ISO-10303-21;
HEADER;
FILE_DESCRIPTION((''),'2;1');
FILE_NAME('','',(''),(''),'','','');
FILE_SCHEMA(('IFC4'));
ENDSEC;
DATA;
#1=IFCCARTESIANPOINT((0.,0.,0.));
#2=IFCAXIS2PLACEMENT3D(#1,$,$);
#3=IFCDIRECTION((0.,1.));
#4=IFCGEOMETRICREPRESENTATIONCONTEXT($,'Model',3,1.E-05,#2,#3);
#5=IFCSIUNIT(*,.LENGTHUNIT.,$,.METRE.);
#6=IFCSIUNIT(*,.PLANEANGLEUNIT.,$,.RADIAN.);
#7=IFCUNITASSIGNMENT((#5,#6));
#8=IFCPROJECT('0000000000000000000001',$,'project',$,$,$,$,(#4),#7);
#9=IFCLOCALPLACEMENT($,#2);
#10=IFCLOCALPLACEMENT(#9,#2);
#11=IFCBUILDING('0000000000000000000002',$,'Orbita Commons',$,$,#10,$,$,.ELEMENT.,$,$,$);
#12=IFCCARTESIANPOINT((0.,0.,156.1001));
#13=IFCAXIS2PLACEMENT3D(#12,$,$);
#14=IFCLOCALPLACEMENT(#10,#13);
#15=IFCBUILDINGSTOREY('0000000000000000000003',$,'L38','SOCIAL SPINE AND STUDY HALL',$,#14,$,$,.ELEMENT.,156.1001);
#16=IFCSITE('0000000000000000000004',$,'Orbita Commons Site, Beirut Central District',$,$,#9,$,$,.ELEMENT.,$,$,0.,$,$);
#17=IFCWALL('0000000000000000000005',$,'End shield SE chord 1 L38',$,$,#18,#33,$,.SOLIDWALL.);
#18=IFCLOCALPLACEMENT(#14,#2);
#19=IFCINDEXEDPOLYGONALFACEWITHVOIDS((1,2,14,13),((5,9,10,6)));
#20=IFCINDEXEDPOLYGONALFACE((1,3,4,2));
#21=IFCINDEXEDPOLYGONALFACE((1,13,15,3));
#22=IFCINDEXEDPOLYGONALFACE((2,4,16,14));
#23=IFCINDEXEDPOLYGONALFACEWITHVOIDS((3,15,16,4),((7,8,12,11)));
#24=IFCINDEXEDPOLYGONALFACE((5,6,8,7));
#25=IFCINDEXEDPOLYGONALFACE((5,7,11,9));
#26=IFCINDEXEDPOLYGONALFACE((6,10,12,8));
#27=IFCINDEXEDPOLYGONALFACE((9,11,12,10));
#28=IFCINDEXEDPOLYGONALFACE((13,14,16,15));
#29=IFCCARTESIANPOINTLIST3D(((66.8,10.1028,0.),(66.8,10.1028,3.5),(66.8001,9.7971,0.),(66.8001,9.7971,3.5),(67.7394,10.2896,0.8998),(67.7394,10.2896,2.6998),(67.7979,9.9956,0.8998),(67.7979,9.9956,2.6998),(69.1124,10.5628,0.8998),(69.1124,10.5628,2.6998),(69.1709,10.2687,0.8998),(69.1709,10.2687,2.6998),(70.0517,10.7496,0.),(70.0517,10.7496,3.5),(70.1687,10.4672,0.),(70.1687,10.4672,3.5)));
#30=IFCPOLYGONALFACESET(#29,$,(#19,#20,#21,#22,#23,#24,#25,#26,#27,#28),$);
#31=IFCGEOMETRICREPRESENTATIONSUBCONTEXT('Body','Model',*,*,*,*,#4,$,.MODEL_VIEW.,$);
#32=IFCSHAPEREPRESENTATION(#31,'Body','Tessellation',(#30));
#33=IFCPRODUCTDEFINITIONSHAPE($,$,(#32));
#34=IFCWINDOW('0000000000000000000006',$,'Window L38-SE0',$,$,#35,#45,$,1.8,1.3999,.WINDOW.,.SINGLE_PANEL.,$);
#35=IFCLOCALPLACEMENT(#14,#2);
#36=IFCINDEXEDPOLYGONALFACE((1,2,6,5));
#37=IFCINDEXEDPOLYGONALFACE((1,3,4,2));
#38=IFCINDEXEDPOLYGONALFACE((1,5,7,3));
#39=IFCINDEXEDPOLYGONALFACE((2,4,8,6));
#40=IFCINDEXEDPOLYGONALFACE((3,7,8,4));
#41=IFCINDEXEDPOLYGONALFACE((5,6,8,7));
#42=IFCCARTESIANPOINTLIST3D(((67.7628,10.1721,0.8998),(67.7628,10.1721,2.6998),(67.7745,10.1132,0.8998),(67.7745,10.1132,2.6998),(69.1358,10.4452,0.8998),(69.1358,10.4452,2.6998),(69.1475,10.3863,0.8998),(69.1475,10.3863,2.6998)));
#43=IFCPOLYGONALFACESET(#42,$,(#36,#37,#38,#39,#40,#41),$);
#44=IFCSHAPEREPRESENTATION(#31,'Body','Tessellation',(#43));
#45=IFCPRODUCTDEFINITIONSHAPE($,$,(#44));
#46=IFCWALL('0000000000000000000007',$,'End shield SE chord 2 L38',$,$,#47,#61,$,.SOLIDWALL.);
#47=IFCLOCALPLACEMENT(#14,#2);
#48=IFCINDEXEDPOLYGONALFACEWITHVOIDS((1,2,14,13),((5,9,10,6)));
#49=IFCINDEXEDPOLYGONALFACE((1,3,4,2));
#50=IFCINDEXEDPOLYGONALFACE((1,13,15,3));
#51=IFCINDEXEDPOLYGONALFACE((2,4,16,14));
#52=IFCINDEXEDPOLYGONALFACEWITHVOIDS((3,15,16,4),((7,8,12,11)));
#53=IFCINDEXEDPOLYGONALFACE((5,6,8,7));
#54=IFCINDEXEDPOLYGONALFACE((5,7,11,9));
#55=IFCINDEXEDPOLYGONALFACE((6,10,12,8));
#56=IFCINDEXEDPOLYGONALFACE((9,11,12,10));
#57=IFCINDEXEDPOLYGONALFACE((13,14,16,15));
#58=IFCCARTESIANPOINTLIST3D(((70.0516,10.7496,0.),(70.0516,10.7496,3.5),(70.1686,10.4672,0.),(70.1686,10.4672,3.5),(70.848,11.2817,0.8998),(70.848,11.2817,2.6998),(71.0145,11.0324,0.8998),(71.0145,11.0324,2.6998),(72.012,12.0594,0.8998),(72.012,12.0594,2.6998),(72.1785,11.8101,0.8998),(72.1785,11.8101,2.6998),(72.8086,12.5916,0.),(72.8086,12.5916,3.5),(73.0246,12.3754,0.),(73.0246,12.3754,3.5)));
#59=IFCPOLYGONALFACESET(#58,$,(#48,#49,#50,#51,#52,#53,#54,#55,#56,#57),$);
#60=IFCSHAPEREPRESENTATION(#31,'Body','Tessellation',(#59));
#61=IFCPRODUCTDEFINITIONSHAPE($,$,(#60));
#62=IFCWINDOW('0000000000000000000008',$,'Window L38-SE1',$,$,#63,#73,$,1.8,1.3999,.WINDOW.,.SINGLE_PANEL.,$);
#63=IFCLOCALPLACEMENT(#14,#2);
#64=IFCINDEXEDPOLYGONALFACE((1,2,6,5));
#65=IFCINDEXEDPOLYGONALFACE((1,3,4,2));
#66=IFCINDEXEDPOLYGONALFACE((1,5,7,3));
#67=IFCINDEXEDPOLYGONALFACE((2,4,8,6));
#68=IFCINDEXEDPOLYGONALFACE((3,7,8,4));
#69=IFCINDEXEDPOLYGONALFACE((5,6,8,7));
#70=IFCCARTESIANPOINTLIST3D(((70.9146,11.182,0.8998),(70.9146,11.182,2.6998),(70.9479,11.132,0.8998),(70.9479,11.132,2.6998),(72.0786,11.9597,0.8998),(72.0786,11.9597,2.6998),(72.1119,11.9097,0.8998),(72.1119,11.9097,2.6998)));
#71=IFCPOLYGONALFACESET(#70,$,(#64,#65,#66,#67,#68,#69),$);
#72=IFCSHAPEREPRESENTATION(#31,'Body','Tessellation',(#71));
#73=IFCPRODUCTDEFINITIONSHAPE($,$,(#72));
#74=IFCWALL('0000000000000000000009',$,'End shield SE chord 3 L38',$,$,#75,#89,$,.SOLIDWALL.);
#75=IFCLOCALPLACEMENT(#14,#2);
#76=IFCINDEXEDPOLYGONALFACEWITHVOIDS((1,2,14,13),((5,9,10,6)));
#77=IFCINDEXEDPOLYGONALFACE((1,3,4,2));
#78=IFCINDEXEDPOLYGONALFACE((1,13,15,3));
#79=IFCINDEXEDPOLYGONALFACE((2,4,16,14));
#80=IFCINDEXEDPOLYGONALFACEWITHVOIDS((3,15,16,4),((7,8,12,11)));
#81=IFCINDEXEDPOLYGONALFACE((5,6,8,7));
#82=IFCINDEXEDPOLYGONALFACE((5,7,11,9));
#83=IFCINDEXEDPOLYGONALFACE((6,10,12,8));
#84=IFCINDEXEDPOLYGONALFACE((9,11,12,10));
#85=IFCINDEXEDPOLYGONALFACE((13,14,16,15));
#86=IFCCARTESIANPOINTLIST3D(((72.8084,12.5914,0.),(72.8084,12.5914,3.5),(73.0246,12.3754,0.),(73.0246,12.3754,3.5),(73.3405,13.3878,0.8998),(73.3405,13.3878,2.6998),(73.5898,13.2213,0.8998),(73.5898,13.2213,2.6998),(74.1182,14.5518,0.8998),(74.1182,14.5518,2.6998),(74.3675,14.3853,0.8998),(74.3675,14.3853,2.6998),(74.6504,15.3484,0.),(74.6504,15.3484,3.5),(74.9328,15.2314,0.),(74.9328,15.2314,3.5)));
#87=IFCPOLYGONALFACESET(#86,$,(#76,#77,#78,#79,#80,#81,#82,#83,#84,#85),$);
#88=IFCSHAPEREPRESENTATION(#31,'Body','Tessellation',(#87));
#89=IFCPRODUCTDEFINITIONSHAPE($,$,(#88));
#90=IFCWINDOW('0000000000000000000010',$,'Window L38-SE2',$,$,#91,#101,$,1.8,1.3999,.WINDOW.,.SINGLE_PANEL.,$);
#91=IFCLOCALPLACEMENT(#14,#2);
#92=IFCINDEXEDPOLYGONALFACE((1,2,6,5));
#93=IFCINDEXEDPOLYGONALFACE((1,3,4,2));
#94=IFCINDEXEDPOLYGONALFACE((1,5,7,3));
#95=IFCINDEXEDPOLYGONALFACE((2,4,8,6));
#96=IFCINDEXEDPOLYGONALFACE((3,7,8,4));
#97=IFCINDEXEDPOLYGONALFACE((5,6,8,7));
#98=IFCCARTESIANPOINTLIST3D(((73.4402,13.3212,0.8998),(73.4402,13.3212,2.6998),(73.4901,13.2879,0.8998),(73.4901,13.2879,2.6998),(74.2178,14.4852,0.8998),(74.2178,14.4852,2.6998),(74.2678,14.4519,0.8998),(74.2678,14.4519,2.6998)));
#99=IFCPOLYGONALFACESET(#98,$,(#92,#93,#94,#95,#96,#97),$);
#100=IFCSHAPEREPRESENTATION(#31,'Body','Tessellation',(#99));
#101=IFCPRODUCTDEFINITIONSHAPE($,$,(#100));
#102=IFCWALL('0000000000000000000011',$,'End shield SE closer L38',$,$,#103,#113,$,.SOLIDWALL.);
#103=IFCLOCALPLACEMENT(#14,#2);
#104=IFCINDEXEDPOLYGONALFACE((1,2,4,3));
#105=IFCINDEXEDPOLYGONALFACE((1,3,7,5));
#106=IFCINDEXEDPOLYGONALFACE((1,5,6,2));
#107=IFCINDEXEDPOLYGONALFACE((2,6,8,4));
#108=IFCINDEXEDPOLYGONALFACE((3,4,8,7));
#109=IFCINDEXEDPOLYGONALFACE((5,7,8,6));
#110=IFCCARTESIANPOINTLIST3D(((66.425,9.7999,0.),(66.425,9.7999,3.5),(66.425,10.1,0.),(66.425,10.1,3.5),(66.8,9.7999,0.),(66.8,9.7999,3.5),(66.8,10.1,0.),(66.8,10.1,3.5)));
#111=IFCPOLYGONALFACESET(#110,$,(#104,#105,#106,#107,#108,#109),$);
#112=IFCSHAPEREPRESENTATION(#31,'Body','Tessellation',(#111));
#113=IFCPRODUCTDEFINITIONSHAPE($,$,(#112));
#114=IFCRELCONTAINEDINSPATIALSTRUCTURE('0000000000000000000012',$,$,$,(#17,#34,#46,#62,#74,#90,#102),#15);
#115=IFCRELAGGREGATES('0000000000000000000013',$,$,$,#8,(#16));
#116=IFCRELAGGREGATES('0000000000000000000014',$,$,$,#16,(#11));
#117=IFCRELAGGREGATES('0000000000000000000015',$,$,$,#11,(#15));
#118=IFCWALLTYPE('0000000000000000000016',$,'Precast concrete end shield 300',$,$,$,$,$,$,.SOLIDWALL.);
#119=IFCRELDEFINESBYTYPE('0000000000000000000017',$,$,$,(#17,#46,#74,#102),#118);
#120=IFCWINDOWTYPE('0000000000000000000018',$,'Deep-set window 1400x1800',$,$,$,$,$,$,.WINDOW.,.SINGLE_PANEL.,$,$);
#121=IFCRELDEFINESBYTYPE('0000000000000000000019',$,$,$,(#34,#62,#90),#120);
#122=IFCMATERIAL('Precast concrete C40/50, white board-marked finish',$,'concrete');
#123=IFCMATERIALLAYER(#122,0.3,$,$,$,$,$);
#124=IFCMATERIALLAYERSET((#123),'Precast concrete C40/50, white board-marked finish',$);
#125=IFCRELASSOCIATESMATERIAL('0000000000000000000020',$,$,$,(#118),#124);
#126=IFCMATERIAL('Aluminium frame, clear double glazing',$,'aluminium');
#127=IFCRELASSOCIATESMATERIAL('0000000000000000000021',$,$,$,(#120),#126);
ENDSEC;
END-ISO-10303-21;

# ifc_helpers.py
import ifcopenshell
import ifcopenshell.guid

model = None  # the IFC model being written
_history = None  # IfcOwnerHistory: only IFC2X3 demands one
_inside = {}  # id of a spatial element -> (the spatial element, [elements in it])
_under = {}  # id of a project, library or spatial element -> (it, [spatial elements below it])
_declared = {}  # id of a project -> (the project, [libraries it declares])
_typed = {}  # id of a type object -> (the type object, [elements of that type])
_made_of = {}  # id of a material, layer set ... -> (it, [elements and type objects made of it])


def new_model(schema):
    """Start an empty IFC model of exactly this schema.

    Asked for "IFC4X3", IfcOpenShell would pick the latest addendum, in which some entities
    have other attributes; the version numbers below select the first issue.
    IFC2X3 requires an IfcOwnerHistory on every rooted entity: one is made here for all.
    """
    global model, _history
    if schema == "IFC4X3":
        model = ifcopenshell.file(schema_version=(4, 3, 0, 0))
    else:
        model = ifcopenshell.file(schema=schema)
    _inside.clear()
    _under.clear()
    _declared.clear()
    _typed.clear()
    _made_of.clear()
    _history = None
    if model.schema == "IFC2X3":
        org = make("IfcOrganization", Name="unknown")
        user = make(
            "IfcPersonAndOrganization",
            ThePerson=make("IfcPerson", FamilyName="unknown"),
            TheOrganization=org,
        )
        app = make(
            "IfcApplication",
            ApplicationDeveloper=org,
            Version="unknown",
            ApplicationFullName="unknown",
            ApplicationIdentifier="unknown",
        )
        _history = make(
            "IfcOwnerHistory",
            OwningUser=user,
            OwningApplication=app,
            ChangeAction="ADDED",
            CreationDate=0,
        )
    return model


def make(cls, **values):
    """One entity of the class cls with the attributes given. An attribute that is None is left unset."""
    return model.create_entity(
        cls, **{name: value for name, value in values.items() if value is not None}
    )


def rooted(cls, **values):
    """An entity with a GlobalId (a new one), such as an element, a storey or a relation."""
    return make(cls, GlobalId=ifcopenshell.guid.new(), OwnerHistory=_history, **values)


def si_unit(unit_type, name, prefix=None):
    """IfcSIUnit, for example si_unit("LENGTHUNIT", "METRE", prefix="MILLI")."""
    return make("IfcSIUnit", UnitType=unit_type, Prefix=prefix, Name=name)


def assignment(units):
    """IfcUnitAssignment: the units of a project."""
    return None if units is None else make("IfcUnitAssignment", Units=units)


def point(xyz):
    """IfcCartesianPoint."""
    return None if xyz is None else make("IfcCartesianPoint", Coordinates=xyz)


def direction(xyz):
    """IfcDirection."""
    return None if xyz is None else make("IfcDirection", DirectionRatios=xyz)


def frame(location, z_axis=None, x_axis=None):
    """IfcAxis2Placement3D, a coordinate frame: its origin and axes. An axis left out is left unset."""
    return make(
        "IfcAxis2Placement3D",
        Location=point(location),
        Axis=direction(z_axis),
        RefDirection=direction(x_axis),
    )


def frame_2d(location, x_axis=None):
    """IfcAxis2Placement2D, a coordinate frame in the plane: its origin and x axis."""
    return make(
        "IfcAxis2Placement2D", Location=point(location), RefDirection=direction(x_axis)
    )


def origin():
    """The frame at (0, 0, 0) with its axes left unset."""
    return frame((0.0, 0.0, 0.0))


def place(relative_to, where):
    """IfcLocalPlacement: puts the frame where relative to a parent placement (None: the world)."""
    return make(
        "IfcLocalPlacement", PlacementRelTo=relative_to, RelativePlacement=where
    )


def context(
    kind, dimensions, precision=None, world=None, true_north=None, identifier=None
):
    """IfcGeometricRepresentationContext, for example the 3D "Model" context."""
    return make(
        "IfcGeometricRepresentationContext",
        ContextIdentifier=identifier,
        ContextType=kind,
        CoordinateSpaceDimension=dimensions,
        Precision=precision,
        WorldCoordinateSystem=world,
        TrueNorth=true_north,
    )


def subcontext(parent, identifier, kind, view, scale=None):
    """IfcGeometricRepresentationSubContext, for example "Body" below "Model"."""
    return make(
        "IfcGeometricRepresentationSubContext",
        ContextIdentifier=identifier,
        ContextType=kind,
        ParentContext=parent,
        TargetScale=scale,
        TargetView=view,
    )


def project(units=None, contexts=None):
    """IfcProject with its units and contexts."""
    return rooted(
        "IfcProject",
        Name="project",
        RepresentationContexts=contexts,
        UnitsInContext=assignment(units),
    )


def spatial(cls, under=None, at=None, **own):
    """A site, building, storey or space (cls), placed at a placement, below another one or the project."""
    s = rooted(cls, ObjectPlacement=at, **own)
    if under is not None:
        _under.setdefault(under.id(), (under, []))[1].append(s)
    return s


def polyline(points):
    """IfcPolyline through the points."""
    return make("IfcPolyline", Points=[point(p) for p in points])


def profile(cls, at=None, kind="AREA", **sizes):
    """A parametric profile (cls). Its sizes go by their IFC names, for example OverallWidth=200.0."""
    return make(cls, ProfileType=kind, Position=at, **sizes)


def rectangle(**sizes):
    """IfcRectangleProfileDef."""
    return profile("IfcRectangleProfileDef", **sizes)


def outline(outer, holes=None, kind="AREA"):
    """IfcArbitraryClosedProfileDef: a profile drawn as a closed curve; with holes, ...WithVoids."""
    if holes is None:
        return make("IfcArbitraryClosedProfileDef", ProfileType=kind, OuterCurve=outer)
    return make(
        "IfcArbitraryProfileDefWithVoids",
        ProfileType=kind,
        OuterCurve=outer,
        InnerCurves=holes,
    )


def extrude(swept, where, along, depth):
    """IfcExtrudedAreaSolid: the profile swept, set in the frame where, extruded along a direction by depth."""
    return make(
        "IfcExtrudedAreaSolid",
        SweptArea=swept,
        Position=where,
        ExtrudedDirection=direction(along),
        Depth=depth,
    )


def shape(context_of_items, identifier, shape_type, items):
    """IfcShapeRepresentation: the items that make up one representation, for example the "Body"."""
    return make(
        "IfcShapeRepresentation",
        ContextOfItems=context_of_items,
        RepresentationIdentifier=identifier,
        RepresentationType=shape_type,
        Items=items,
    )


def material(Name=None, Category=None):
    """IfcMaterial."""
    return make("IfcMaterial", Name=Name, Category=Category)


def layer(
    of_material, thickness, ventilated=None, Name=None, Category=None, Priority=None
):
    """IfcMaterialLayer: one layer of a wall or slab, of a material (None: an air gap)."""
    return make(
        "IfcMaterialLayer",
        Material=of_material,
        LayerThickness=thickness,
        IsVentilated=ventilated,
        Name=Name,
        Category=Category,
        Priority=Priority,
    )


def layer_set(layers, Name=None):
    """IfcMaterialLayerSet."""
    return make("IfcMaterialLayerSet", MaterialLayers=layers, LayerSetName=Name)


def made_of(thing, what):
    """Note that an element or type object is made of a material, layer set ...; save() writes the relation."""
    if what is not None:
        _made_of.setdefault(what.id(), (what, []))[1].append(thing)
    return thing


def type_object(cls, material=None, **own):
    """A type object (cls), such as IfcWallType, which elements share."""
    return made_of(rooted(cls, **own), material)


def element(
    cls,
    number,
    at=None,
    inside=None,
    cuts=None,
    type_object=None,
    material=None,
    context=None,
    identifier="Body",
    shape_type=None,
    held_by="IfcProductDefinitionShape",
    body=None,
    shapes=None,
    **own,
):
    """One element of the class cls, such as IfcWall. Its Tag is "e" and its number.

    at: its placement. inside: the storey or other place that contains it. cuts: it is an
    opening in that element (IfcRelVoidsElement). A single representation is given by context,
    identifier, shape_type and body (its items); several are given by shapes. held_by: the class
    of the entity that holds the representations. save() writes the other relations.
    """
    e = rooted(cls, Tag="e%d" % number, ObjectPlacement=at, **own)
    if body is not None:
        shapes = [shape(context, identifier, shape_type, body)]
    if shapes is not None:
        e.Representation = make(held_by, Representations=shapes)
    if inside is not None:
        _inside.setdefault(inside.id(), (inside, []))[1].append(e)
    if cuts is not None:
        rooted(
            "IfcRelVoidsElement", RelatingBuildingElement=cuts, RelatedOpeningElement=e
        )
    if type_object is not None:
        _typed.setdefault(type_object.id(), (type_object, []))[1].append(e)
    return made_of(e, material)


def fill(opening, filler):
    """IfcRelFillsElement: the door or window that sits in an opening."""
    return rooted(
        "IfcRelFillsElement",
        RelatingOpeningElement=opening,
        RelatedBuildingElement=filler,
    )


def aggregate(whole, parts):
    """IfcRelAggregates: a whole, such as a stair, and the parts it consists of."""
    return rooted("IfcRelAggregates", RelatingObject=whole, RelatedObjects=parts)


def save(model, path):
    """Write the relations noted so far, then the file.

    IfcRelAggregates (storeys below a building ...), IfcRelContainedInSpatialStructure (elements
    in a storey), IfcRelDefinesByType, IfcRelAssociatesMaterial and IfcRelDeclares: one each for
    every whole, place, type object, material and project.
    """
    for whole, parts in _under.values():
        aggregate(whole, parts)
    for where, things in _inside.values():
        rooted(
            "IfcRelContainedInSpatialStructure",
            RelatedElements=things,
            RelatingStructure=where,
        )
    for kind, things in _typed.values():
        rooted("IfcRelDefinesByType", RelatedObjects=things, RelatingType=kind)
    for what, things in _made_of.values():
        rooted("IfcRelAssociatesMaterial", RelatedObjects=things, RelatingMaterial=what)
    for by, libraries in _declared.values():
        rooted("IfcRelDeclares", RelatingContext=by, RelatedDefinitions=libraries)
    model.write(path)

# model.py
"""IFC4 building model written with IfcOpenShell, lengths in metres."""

from ifc_helpers import new_model, si_unit, direction, frame, frame_2d, origin, place, context, subcontext, project, spatial, polyline, rectangle, outline, extrude, material, layer, layer_set, type_object, element, fill, save


model = new_model("IFC4")

# Units and contexts
model_context = context("Model", 3, precision=1e-05, world=origin(), true_north=direction((0.0, 1.0)))
body_context = subcontext(model_context, "Body", "Model", "MODEL_VIEW")
ifc_project = project(units=[si_unit("LENGTHUNIT", "METRE"), si_unit("PLANEANGLEUNIT", "RADIAN")], contexts=[model_context])

# Site, building, storey
site_placement = place(None, origin())
site = spatial("IfcSite", under=ifc_project, at=site_placement, Name="Orbita Commons Site, Beirut Central District", CompositionType="ELEMENT", RefElevation=0.0)
building_placement = place(site_placement, origin())
building = spatial("IfcBuilding", under=site, at=building_placement, Name="Orbita Commons", CompositionType="ELEMENT")
storey_placement = place(building_placement, frame((0.0, 0.0, 156.1001)))
storey = spatial("IfcBuildingStorey", under=building, at=storey_placement, Name="L38", Description="SOCIAL SPINE AND STUDY HALL", CompositionType="ELEMENT", Elevation=156.1001)

# Walls, openings, windows
ifc_material_1 = material(Name="Precast concrete C40/50, white board-marked finish", Category="concrete")
ifc_layer_1 = layer(ifc_material_1, 0.3)
ifc_layer_set_1 = layer_set([ifc_layer_1], Name="Precast concrete C40/50, white board-marked finish")
wall_type_1 = type_object("IfcWallType", Name="Precast concrete end shield 300", PredefinedType="SOLIDWALL", material=ifc_layer_set_1)
wall_1_placement = place(storey_placement, frame((66.8, 9.95, 0.0), z_axis=(0.0, 0.0, 1.0), x_axis=(0.980783, 0.1951, 0.0)))
wall_1 = element("IfcWall", 1, at=wall_1_placement, inside=storey, type_object=wall_type_1, Name="End shield SE chord 1 L38", PredefinedType="SOLIDWALL", context=body_context, shape_type="SweptSolid", body=[
    extrude(outline(polyline([(-0.0298, -0.1499), (3.4048, -0.1499), (3.3452, 0.1499), (0.0298, 0.1499), (-0.0298, -0.1499)])), origin(), (0.0, 0.0, 1.0), 3.5),
])
opening_1_placement = place(wall_1_placement, frame((0.9875, 0.0, 0.8999)))
opening_1 = element("IfcOpeningElement", 2, at=opening_1_placement, cuts=wall_1, PredefinedType="OPENING", context=body_context, shape_type="SweptSolid", body=[
    extrude(rectangle(XDim=1.3999, YDim=1.8, at=frame_2d((0.7, 0.8999))), frame((0.0, 0.1599, 0.0), z_axis=(0.0, -1.0, 0.0), x_axis=(1.0, 0.0, 0.0)), (0.0, 0.0, 1.0), 0.3201),
])
ifc_material_2 = material(Name="Aluminium frame, clear double glazing", Category="aluminium")
window_type = type_object("IfcWindowType", Name="Deep-set window 1400x1800", PartitioningType="SINGLE_PANEL", PredefinedType="WINDOW", material=ifc_material_2)
window_1_placement = place(opening_1_placement, origin())
window_1 = element("IfcWindow", 3, at=window_1_placement, inside=storey, type_object=window_type, Name="Window L38-SE0", OverallHeight=1.8, OverallWidth=1.3999, PartitioningType="SINGLE_PANEL", PredefinedType="WINDOW", context=body_context, shape_type="SweptSolid", body=[
    extrude(rectangle(XDim=1.3999, YDim=1.8, at=frame_2d((0.7, 0.8999))), frame((0.0, 0.03, 0.0), z_axis=(0.0, -1.0, 0.0), x_axis=(1.0, 0.0, 0.0)), (0.0, 0.0, 1.0), 0.0601),
])
fill(opening_1, window_1)
wall_2_placement = place(storey_placement, frame((70.1101, 10.6084, 0.0), z_axis=(0.0, 0.0, 1.0), x_axis=(0.831493, 0.555535, 0.0)))
wall_2 = element("IfcWall", 4, at=wall_2_placement, inside=storey, type_object=wall_type_1, Name="End shield SE chord 2 L38", PredefinedType="SOLIDWALL", context=body_context, shape_type="SweptSolid", body=[
    extrude(outline(polyline([(-0.0298, -0.1499), (3.405, -0.1499), (3.3455, 0.1499), (0.0298, 0.1499), (-0.0298, -0.1499)])), origin(), (0.0, 0.0, 1.0), 3.5),
])
opening_2_placement = place(wall_2_placement, frame((0.9875, 0.0, 0.8999)))
opening_2 = element("IfcOpeningElement", 5, at=opening_2_placement, cuts=wall_2, PredefinedType="OPENING", context=body_context, shape_type="SweptSolid", body=[
    extrude(rectangle(XDim=1.3999, YDim=1.8, at=frame_2d((0.7, 0.8999))), frame((0.0, 0.1599, 0.0), z_axis=(0.0, -1.0, 0.0), x_axis=(1.0, 0.0, 0.0)), (0.0, 0.0, 1.0), 0.3201),
])
window_2_placement = place(opening_2_placement, origin())
window_2 = element("IfcWindow", 6, at=window_2_placement, inside=storey, type_object=window_type, Name="Window L38-SE1", OverallHeight=1.8, OverallWidth=1.3999, PartitioningType="SINGLE_PANEL", PredefinedType="WINDOW", context=body_context, shape_type="SweptSolid", body=[
    extrude(rectangle(XDim=1.3999, YDim=1.8, at=frame_2d((0.7, 0.8999))), frame((0.0, 0.03, 0.0), z_axis=(0.0, -1.0, 0.0), x_axis=(1.0, 0.0, 0.0)), (0.0, 0.0, 1.0), 0.0601),
])
fill(opening_2, window_2)
wall_3_placement = place(storey_placement, frame((72.9165, 12.4834, 0.0), z_axis=(0.0, 0.0, 1.0), x_axis=(0.555535, 0.831493, 0.0)))
wall_3 = element("IfcWall", 7, at=wall_3_placement, inside=storey, type_object=wall_type_1, Name="End shield SE chord 3 L38", PredefinedType="SOLIDWALL", context=body_context, shape_type="SweptSolid", body=[
    extrude(outline(polyline([(-0.0298, -0.1499), (3.405, -0.1499), (3.3455, 0.1499), (0.0298, 0.1499), (-0.0298, -0.1499)])), origin(), (0.0, 0.0, 1.0), 3.5),
])
opening_3_placement = place(wall_3_placement, frame((0.9875, 0.0, 0.8999)))
opening_3 = element("IfcOpeningElement", 8, at=opening_3_placement, cuts=wall_3, PredefinedType="OPENING", context=body_context, shape_type="SweptSolid", body=[
    extrude(rectangle(XDim=1.3999, YDim=1.8, at=frame_2d((0.7, 0.8999))), frame((0.0, 0.1599, 0.0), z_axis=(0.0, -1.0, 0.0), x_axis=(1.0, 0.0, 0.0)), (0.0, 0.0, 1.0), 0.3201),
])
window_3_placement = place(opening_3_placement, origin())
window_3 = element("IfcWindow", 9, at=window_3_placement, inside=storey, type_object=window_type, Name="Window L38-SE2", OverallHeight=1.8, OverallWidth=1.3999, PartitioningType="SINGLE_PANEL", PredefinedType="WINDOW", context=body_context, shape_type="SweptSolid", body=[
    extrude(rectangle(XDim=1.3999, YDim=1.8, at=frame_2d((0.7, 0.8999))), frame((0.0, 0.03, 0.0), z_axis=(0.0, -1.0, 0.0), x_axis=(1.0, 0.0, 0.0)), (0.0, 0.0, 1.0), 0.0601),
])
fill(opening_3, window_3)

# Wall
wall_4_placement = place(storey_placement, frame((66.8, 9.95, 0.0), z_axis=(0.0, 0.0, 1.0), x_axis=(-1.0, 0.0, 0.0)))
element("IfcWall", 10, at=wall_4_placement, inside=storey, type_object=wall_type_1, Name="End shield SE closer L38", PredefinedType="SOLIDWALL", context=body_context, shape_type="SweptSolid", body=[
    extrude(rectangle(XDim=0.375, YDim=0.3, at=frame_2d((0.1875, 0.0))), origin(), (0.0, 0.0, 1.0), 3.5),
])

save(model, "model.ifc")
